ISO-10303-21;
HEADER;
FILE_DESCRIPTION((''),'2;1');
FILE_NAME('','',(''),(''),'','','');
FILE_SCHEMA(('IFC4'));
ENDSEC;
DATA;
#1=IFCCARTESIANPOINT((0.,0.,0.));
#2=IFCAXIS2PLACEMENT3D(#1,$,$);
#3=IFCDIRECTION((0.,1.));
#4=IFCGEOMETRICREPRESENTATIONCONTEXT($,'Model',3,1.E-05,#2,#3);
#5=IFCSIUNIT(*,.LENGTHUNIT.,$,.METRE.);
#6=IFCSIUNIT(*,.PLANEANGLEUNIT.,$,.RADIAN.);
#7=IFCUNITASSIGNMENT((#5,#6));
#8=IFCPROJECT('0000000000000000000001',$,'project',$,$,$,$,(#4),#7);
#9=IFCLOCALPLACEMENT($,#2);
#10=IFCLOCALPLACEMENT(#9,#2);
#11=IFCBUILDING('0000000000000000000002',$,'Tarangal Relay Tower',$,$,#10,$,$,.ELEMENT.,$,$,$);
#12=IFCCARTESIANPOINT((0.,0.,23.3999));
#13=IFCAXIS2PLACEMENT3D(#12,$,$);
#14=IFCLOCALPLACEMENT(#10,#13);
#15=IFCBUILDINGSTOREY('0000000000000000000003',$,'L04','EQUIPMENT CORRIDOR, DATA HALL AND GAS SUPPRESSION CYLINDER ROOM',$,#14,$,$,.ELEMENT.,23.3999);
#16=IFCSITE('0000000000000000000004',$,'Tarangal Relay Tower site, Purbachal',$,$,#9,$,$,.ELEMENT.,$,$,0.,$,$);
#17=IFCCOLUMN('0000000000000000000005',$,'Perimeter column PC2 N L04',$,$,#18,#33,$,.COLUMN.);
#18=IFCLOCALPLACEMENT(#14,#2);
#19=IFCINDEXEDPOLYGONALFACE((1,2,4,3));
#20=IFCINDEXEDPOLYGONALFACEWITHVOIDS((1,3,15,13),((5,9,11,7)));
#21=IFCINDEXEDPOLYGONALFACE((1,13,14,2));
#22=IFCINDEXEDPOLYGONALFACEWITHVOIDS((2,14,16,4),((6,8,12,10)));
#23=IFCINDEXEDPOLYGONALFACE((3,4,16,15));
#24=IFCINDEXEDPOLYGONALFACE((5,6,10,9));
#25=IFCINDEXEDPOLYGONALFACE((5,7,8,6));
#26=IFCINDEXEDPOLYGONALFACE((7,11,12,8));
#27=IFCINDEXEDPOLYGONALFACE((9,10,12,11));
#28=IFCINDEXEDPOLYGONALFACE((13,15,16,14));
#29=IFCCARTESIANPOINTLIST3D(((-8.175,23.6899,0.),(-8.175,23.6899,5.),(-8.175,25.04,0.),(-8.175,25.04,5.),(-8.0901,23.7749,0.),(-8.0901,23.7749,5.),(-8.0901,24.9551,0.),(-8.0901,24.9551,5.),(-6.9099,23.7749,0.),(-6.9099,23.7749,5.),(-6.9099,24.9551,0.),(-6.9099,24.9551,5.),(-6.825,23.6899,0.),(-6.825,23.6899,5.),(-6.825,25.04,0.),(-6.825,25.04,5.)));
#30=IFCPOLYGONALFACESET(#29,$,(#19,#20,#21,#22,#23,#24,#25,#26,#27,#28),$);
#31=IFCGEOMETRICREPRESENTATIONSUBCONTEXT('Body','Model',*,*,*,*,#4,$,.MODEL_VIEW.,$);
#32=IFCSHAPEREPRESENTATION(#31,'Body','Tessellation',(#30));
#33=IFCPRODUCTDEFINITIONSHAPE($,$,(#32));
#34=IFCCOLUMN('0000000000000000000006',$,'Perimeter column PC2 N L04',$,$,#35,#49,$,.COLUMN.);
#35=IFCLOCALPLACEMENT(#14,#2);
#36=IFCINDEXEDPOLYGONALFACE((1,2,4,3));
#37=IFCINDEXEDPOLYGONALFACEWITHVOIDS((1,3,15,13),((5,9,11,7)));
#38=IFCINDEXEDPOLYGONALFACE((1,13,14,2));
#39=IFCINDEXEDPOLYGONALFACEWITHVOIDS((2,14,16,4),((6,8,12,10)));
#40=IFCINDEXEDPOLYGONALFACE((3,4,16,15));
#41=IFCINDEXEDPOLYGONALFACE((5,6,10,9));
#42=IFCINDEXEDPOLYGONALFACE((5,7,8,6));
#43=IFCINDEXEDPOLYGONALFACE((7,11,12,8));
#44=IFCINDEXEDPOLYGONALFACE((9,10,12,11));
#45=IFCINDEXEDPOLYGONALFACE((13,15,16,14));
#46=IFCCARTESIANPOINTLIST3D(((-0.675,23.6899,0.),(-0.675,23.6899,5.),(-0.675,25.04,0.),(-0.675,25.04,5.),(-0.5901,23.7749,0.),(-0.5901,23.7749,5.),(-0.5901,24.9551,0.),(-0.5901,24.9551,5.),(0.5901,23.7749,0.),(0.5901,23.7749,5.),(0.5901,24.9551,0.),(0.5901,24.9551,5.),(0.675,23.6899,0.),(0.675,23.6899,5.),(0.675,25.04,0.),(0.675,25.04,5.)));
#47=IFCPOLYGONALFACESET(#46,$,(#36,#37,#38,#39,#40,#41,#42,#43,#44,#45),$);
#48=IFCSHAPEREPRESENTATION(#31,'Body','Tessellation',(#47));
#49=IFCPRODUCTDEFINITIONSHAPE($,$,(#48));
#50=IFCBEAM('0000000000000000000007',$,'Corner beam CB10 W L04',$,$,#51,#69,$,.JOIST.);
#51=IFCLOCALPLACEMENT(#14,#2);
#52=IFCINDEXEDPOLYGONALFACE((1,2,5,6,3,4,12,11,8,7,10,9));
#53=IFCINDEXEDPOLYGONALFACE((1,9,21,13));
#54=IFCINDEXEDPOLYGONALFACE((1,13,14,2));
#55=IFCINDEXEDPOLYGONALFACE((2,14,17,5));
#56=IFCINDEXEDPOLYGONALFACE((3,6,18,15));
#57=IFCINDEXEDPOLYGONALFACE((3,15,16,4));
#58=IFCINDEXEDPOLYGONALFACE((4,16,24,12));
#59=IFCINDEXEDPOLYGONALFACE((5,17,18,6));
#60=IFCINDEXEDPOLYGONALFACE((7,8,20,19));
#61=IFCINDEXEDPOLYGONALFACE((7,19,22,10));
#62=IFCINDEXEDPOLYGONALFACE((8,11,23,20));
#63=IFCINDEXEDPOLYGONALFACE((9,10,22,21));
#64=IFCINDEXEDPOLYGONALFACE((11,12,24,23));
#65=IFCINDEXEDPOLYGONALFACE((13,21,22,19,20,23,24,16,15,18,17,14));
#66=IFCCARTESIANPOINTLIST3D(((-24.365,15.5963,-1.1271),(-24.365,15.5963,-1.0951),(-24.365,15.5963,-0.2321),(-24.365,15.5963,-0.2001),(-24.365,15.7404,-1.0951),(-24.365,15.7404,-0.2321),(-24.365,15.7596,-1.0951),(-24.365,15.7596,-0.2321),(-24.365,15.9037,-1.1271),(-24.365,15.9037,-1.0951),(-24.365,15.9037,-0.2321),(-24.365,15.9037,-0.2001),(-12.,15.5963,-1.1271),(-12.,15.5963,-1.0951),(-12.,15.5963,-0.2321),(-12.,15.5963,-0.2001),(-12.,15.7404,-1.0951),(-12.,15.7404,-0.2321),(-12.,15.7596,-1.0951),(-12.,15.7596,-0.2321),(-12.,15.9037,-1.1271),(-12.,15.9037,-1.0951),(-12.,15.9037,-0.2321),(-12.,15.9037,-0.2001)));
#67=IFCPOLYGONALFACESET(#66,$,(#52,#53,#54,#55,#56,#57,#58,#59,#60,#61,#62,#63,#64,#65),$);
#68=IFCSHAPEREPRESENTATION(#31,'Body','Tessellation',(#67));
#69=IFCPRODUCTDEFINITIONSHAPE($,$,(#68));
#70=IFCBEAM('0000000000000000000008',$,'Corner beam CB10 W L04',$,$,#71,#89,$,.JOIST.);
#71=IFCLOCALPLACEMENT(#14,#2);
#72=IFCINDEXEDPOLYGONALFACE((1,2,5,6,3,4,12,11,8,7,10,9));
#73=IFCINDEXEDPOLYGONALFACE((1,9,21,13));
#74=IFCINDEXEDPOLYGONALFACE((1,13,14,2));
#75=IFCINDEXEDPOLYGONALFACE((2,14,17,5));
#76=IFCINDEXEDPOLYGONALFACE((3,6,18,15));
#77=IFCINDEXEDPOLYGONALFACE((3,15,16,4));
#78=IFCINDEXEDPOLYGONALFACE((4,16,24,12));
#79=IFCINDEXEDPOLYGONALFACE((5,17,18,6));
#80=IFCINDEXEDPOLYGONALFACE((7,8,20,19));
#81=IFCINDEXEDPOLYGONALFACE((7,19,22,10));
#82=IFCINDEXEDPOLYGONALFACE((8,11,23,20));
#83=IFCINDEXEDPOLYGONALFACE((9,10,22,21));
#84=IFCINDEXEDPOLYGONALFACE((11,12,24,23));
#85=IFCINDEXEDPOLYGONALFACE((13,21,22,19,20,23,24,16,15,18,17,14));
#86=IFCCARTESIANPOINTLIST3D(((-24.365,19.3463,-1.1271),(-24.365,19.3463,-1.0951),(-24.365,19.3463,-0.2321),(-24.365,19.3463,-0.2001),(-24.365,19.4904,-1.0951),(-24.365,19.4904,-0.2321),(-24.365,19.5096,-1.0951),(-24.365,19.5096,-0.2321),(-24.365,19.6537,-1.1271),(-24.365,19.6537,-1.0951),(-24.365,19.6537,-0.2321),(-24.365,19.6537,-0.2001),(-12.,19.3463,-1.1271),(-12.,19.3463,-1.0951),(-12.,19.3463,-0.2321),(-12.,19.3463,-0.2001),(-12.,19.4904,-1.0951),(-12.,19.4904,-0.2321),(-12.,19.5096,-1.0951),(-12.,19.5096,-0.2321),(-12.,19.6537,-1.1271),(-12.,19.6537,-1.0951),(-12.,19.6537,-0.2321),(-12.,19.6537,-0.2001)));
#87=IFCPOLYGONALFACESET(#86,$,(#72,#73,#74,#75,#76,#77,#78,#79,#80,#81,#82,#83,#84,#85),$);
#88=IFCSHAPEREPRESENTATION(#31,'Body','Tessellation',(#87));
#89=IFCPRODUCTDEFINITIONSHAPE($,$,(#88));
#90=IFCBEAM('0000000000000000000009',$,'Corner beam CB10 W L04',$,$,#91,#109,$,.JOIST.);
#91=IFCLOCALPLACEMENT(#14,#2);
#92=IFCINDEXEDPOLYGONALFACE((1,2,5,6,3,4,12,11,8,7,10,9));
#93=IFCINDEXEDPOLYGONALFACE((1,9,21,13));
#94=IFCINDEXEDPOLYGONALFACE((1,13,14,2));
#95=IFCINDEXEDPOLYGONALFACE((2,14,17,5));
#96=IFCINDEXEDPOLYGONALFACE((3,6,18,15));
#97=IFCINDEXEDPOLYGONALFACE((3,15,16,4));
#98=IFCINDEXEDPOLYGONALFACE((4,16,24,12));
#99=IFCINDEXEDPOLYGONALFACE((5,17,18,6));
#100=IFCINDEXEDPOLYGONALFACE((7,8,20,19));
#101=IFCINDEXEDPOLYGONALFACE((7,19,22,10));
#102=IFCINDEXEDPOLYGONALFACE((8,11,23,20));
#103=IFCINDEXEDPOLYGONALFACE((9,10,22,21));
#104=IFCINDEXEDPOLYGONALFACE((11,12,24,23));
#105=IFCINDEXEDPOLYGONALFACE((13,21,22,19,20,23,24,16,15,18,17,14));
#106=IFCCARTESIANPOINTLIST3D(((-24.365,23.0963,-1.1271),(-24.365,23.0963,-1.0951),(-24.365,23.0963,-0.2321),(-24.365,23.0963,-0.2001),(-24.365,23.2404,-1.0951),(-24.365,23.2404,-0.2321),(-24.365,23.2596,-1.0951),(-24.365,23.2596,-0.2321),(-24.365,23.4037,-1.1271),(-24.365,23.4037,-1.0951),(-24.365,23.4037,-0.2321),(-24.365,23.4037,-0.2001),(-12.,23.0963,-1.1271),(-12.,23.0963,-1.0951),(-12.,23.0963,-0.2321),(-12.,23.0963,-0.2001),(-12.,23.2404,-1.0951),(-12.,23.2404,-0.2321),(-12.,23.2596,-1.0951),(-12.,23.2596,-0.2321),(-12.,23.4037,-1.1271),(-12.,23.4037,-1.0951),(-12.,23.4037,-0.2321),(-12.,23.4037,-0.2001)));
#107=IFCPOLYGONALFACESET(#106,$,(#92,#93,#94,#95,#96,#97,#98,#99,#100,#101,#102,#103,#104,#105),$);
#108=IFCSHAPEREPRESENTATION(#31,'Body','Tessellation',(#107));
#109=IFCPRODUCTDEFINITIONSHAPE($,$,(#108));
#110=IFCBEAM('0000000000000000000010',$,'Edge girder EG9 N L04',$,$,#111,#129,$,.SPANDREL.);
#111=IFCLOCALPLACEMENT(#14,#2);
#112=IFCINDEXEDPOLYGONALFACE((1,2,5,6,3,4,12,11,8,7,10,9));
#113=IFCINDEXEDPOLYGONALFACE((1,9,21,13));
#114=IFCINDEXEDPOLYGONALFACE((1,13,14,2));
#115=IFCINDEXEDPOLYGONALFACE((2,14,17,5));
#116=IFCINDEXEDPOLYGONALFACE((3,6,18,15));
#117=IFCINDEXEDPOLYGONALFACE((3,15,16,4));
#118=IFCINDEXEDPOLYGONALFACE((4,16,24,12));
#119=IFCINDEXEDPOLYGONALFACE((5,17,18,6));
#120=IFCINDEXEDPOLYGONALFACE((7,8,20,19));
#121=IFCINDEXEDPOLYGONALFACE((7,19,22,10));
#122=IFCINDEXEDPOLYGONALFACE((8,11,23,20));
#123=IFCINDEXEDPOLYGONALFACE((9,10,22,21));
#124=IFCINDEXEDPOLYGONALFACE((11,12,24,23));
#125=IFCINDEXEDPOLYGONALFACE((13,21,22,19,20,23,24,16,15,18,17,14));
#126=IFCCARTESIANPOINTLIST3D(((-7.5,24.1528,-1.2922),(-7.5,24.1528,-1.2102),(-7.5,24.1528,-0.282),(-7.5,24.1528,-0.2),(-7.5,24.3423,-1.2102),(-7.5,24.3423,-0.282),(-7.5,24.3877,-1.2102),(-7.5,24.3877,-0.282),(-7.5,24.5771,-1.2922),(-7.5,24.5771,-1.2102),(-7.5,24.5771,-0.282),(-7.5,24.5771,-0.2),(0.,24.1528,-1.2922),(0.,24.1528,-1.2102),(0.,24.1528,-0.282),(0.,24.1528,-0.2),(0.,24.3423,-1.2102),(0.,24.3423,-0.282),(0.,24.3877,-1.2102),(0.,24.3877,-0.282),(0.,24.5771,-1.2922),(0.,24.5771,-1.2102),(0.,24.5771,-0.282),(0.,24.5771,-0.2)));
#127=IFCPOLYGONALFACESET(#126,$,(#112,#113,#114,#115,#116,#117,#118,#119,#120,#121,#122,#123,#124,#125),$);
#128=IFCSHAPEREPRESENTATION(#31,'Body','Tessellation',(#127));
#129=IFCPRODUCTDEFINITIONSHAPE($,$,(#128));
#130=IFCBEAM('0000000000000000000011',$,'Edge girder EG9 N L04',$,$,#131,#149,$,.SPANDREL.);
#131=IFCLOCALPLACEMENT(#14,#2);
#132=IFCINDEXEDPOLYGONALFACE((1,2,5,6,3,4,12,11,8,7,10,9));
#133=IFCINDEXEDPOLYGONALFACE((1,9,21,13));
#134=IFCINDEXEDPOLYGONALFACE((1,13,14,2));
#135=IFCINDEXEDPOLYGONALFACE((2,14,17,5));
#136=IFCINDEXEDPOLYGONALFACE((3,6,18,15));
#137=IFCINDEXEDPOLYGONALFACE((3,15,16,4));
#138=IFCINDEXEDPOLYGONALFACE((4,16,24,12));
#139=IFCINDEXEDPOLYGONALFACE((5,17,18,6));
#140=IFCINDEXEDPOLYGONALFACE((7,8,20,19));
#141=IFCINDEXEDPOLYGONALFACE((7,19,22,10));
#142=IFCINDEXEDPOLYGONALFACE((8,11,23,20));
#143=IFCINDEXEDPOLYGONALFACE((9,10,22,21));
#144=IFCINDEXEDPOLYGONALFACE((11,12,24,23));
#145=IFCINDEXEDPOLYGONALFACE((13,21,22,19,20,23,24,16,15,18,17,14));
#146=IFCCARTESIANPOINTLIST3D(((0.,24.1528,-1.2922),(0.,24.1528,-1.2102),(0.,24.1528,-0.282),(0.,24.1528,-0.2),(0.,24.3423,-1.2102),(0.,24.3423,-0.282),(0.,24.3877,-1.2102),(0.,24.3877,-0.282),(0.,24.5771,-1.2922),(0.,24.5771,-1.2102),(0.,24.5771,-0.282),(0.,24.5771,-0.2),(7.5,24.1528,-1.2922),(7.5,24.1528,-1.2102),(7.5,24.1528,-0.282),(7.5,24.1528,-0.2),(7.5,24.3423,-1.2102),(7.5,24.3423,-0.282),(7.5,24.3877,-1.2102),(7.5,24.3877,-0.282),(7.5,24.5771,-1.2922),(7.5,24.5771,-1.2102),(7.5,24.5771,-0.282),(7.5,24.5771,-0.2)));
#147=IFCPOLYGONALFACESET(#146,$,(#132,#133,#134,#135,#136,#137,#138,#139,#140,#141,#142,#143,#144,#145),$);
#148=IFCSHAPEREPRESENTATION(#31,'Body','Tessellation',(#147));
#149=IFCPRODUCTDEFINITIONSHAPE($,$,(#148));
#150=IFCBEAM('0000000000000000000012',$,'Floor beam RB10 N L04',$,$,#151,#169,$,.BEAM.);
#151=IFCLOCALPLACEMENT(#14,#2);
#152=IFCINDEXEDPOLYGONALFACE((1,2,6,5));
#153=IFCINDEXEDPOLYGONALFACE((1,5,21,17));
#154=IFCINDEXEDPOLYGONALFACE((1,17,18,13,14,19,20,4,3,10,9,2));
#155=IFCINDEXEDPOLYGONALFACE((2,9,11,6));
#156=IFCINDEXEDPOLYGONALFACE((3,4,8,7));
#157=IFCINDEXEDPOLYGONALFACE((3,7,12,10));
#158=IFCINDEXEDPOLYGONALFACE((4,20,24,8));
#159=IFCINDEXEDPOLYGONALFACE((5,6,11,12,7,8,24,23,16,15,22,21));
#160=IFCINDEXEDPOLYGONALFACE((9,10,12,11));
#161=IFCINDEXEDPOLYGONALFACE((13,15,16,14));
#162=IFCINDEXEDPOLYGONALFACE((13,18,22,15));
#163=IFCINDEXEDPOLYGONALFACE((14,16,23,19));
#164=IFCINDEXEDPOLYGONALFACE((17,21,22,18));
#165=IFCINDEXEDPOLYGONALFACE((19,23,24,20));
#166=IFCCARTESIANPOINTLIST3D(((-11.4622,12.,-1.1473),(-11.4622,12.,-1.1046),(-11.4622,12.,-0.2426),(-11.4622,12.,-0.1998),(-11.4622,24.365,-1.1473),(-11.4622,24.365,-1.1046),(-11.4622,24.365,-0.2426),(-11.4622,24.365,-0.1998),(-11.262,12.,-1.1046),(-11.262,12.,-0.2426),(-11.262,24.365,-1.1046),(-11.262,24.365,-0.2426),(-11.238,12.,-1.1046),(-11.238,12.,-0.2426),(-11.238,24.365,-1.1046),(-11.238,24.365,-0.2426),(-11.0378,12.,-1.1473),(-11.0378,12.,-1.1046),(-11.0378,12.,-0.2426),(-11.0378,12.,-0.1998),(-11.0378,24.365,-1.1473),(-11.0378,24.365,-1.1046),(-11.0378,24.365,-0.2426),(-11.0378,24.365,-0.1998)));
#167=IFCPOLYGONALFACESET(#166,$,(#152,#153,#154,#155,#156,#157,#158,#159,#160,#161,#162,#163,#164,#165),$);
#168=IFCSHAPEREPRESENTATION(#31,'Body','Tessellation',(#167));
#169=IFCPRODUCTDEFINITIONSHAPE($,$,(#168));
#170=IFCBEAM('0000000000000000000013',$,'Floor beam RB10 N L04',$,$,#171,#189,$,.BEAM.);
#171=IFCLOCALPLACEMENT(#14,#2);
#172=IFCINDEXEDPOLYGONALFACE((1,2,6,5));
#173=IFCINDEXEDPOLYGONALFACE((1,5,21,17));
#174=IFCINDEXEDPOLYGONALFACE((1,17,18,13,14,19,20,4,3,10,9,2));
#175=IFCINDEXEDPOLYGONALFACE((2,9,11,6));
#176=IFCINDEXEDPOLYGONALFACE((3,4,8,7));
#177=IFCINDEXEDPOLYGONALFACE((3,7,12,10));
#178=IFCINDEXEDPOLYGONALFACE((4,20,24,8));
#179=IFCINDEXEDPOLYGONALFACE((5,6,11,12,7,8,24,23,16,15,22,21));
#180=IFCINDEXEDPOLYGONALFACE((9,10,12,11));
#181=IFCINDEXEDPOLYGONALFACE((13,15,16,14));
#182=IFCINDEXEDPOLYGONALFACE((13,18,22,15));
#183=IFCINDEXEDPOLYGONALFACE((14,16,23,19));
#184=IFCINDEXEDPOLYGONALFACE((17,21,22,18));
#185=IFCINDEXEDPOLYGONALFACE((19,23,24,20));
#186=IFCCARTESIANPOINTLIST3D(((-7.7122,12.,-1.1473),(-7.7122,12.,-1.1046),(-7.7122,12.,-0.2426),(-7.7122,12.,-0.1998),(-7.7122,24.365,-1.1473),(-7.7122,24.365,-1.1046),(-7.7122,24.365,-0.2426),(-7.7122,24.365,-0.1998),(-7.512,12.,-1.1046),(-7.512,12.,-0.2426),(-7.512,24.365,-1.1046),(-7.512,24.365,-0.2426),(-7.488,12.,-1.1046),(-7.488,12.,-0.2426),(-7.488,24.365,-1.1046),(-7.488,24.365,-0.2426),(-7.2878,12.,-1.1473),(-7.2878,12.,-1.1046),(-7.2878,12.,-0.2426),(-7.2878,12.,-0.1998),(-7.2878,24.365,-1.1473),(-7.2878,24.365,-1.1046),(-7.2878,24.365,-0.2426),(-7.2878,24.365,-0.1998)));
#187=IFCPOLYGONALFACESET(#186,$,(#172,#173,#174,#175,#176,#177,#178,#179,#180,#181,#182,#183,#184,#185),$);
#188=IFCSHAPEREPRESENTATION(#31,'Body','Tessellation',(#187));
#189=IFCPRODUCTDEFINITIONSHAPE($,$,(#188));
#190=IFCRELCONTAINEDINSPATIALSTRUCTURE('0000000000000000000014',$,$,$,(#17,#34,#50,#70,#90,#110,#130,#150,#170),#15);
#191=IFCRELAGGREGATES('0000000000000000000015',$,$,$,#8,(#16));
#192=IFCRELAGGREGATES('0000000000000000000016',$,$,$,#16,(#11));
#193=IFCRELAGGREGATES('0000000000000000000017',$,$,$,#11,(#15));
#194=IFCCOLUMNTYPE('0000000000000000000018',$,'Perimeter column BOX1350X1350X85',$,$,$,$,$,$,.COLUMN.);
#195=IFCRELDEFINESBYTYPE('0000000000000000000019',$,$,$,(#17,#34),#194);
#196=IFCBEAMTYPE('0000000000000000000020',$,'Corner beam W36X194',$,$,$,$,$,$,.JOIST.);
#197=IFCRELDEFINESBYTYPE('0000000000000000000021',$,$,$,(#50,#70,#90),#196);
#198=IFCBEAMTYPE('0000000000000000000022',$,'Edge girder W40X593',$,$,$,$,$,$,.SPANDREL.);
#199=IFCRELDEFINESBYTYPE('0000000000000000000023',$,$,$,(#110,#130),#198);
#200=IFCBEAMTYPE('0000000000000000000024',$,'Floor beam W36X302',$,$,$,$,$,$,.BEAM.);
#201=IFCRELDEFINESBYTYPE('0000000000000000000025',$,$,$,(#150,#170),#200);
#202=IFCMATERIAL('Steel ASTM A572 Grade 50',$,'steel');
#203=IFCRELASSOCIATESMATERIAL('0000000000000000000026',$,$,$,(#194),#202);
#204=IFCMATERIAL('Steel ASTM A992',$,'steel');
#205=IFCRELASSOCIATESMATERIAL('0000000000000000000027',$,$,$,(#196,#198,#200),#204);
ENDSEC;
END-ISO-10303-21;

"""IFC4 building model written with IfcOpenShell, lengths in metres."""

from ifc_helpers import new_model, si_unit, direction, frame, origin, origin_2d, place, context, subcontext, project, spatial, hollow_rectangle, i_section, extrude, material, material_profile, profile_set, type_object, element, save


model = new_model("IFC4")

# Units and contexts
model_context = context("Model", 3, precision=1e-05, world=origin(), true_north=direction((0.0, 1.0)))
body_context = subcontext(model_context, "Body", "Model", "MODEL_VIEW")
ifc_project = project(units=[si_unit("LENGTHUNIT", "METRE"), si_unit("PLANEANGLEUNIT", "RADIAN")], contexts=[model_context])

# Site, building, storey
site_placement = place(None, origin())
site = spatial("IfcSite", under=ifc_project, at=site_placement, Name="Tarangal Relay Tower site, Purbachal", CompositionType="ELEMENT", RefElevation=0.0)
building_placement = place(site_placement, origin())
building = spatial("IfcBuilding", under=site, at=building_placement, Name="Tarangal Relay Tower", CompositionType="ELEMENT")
storey_placement = place(building_placement, frame((0.0, 0.0, 23.3999)))
storey = spatial("IfcBuildingStorey", under=building, at=storey_placement, Name="L04", Description="EQUIPMENT CORRIDOR, DATA HALL AND GAS SUPPRESSION CYLINDER ROOM", CompositionType="ELEMENT", Elevation=23.3999)

# Columns
ifc_material_1 = material(Name="Steel ASTM A572 Grade 50", Category="steel")
ifc_material_profile_1 = material_profile(ifc_material_1, hollow_rectangle(XDim=1.3501, YDim=1.3501, WallThickness=0.085, at=origin_2d()), Name="BOX1350X1350X85")
ifc_profile_set_1 = profile_set([ifc_material_profile_1], Name="Steel ASTM A572 Grade 50")
column_type = type_object("IfcColumnType", Name="Perimeter column BOX1350X1350X85", PredefinedType="COLUMN", material=ifc_profile_set_1)
for number, where, z_axis, x_axis, name in (
    (1, (-7.5, 24.365, 0.0), (0.0, 0.0, 1.0), (1.0, 0.0, 0.0), "Perimeter column PC2 N L04"),
    (2, (0.0, 24.365, 0.0), (0.0, 0.0, 1.0), (1.0, 0.0, 0.0), "Perimeter column PC2 N L04"),
):
    element("IfcColumn", number, at=place(storey_placement, frame(where, z_axis=z_axis, x_axis=x_axis)), inside=storey, type_object=column_type, Name=name, PredefinedType="COLUMN", context=body_context, shape_type="SweptSolid", body=[
        extrude(hollow_rectangle(XDim=1.3501, YDim=1.3501, WallThickness=0.085, at=origin_2d()), origin(), (0.0, 0.0, 1.0), 5.0),
    ])

# Beams
ifc_material_2 = material(Name="Steel ASTM A992", Category="steel")
ifc_material_profile_2 = material_profile(ifc_material_2, i_section(OverallWidth=0.3074, OverallDepth=0.927, WebThickness=0.0193, FlangeThickness=0.032, at=origin_2d()), Name="W36X194")
ifc_profile_set_2 = profile_set([ifc_material_profile_2], Name="Steel ASTM A992")
beam_type_1 = type_object("IfcBeamType", Name="Corner beam W36X194", PredefinedType="JOIST", material=ifc_profile_set_2)
for number, where, z_axis, x_axis, name in (
    (3, (-12.0, 15.75, -0.6636), (-1.0, 0.0, 0.0), (0.0, -1.0, 0.0), "Corner beam CB10 W L04"),
    (4, (-12.0, 19.5, -0.6636), (-1.0, 0.0, 0.0), (0.0, -1.0, 0.0), "Corner beam CB10 W L04"),
    (5, (-12.0, 23.25, -0.6636), (-1.0, 0.0, 0.0), (0.0, -1.0, 0.0), "Corner beam CB10 W L04"),
):
    element("IfcBeam", number, at=place(storey_placement, frame(where, z_axis=z_axis, x_axis=x_axis)), inside=storey, type_object=beam_type_1, Name=name, PredefinedType="JOIST", context=body_context, shape_type="SweptSolid", body=[
        extrude(i_section(OverallWidth=0.3074, OverallDepth=0.927, WebThickness=0.0193, FlangeThickness=0.032, at=origin_2d()), origin(), (0.0, 0.0, 1.0), 12.365),
    ])
ifc_material_profile_3 = material_profile(ifc_material_2, i_section(OverallWidth=0.4243, OverallDepth=1.0923, WebThickness=0.0454, FlangeThickness=0.082, at=origin_2d()), Name="W40X593")
ifc_profile_set_3 = profile_set([ifc_material_profile_3], Name="Steel ASTM A992")
beam_type_2 = type_object("IfcBeamType", Name="Edge girder W40X593", PredefinedType="SPANDREL", material=ifc_profile_set_3)
for number, where, z_axis, x_axis, name in (
    (6, (-7.5, 24.365, -0.7461), (1.0, 0.0, 0.0), (0.0, 1.0, 0.0), "Edge girder EG9 N L04"),
    (7, (0.0, 24.365, -0.7461), (1.0, 0.0, 0.0), (0.0, 1.0, 0.0), "Edge girder EG9 N L04"),
):
    element("IfcBeam", number, at=place(storey_placement, frame(where, z_axis=z_axis, x_axis=x_axis)), inside=storey, type_object=beam_type_2, Name=name, PredefinedType="SPANDREL", context=body_context, shape_type="SweptSolid", body=[
        extrude(i_section(OverallWidth=0.4243, OverallDepth=1.0923, WebThickness=0.0454, FlangeThickness=0.082, at=origin_2d()), origin(), (0.0, 0.0, 1.0), 7.5),
    ])
ifc_material_profile_4 = material_profile(ifc_material_2, i_section(OverallWidth=0.4243, OverallDepth=0.9475, WebThickness=0.0239, FlangeThickness=0.0427, at=origin_2d()), Name="W36X302")
ifc_profile_set_4 = profile_set([ifc_material_profile_4], Name="Steel ASTM A992")
beam_type_3 = type_object("IfcBeamType", Name="Floor beam W36X302", PredefinedType="BEAM", material=ifc_profile_set_4)
for number, where, z_axis, x_axis, name in (
    (8, (-11.25, 12.0, -0.6736), (0.0, 1.0, 0.0), (-1.0, 0.0, 0.0), "Floor beam RB10 N L04"),
    (9, (-7.5, 12.0, -0.6736), (0.0, 1.0, 0.0), (-1.0, 0.0, 0.0), "Floor beam RB10 N L04"),
):
    element("IfcBeam", number, at=place(storey_placement, frame(where, z_axis=z_axis, x_axis=x_axis)), inside=storey, type_object=beam_type_3, Name=name, PredefinedType="BEAM", context=body_context, shape_type="SweptSolid", body=[
        extrude(i_section(OverallWidth=0.4243, OverallDepth=0.9475, WebThickness=0.0239, FlangeThickness=0.0427, at=origin_2d()), origin(), (0.0, 0.0, 1.0), 12.365),
    ])

save(model, "model.ifc")
